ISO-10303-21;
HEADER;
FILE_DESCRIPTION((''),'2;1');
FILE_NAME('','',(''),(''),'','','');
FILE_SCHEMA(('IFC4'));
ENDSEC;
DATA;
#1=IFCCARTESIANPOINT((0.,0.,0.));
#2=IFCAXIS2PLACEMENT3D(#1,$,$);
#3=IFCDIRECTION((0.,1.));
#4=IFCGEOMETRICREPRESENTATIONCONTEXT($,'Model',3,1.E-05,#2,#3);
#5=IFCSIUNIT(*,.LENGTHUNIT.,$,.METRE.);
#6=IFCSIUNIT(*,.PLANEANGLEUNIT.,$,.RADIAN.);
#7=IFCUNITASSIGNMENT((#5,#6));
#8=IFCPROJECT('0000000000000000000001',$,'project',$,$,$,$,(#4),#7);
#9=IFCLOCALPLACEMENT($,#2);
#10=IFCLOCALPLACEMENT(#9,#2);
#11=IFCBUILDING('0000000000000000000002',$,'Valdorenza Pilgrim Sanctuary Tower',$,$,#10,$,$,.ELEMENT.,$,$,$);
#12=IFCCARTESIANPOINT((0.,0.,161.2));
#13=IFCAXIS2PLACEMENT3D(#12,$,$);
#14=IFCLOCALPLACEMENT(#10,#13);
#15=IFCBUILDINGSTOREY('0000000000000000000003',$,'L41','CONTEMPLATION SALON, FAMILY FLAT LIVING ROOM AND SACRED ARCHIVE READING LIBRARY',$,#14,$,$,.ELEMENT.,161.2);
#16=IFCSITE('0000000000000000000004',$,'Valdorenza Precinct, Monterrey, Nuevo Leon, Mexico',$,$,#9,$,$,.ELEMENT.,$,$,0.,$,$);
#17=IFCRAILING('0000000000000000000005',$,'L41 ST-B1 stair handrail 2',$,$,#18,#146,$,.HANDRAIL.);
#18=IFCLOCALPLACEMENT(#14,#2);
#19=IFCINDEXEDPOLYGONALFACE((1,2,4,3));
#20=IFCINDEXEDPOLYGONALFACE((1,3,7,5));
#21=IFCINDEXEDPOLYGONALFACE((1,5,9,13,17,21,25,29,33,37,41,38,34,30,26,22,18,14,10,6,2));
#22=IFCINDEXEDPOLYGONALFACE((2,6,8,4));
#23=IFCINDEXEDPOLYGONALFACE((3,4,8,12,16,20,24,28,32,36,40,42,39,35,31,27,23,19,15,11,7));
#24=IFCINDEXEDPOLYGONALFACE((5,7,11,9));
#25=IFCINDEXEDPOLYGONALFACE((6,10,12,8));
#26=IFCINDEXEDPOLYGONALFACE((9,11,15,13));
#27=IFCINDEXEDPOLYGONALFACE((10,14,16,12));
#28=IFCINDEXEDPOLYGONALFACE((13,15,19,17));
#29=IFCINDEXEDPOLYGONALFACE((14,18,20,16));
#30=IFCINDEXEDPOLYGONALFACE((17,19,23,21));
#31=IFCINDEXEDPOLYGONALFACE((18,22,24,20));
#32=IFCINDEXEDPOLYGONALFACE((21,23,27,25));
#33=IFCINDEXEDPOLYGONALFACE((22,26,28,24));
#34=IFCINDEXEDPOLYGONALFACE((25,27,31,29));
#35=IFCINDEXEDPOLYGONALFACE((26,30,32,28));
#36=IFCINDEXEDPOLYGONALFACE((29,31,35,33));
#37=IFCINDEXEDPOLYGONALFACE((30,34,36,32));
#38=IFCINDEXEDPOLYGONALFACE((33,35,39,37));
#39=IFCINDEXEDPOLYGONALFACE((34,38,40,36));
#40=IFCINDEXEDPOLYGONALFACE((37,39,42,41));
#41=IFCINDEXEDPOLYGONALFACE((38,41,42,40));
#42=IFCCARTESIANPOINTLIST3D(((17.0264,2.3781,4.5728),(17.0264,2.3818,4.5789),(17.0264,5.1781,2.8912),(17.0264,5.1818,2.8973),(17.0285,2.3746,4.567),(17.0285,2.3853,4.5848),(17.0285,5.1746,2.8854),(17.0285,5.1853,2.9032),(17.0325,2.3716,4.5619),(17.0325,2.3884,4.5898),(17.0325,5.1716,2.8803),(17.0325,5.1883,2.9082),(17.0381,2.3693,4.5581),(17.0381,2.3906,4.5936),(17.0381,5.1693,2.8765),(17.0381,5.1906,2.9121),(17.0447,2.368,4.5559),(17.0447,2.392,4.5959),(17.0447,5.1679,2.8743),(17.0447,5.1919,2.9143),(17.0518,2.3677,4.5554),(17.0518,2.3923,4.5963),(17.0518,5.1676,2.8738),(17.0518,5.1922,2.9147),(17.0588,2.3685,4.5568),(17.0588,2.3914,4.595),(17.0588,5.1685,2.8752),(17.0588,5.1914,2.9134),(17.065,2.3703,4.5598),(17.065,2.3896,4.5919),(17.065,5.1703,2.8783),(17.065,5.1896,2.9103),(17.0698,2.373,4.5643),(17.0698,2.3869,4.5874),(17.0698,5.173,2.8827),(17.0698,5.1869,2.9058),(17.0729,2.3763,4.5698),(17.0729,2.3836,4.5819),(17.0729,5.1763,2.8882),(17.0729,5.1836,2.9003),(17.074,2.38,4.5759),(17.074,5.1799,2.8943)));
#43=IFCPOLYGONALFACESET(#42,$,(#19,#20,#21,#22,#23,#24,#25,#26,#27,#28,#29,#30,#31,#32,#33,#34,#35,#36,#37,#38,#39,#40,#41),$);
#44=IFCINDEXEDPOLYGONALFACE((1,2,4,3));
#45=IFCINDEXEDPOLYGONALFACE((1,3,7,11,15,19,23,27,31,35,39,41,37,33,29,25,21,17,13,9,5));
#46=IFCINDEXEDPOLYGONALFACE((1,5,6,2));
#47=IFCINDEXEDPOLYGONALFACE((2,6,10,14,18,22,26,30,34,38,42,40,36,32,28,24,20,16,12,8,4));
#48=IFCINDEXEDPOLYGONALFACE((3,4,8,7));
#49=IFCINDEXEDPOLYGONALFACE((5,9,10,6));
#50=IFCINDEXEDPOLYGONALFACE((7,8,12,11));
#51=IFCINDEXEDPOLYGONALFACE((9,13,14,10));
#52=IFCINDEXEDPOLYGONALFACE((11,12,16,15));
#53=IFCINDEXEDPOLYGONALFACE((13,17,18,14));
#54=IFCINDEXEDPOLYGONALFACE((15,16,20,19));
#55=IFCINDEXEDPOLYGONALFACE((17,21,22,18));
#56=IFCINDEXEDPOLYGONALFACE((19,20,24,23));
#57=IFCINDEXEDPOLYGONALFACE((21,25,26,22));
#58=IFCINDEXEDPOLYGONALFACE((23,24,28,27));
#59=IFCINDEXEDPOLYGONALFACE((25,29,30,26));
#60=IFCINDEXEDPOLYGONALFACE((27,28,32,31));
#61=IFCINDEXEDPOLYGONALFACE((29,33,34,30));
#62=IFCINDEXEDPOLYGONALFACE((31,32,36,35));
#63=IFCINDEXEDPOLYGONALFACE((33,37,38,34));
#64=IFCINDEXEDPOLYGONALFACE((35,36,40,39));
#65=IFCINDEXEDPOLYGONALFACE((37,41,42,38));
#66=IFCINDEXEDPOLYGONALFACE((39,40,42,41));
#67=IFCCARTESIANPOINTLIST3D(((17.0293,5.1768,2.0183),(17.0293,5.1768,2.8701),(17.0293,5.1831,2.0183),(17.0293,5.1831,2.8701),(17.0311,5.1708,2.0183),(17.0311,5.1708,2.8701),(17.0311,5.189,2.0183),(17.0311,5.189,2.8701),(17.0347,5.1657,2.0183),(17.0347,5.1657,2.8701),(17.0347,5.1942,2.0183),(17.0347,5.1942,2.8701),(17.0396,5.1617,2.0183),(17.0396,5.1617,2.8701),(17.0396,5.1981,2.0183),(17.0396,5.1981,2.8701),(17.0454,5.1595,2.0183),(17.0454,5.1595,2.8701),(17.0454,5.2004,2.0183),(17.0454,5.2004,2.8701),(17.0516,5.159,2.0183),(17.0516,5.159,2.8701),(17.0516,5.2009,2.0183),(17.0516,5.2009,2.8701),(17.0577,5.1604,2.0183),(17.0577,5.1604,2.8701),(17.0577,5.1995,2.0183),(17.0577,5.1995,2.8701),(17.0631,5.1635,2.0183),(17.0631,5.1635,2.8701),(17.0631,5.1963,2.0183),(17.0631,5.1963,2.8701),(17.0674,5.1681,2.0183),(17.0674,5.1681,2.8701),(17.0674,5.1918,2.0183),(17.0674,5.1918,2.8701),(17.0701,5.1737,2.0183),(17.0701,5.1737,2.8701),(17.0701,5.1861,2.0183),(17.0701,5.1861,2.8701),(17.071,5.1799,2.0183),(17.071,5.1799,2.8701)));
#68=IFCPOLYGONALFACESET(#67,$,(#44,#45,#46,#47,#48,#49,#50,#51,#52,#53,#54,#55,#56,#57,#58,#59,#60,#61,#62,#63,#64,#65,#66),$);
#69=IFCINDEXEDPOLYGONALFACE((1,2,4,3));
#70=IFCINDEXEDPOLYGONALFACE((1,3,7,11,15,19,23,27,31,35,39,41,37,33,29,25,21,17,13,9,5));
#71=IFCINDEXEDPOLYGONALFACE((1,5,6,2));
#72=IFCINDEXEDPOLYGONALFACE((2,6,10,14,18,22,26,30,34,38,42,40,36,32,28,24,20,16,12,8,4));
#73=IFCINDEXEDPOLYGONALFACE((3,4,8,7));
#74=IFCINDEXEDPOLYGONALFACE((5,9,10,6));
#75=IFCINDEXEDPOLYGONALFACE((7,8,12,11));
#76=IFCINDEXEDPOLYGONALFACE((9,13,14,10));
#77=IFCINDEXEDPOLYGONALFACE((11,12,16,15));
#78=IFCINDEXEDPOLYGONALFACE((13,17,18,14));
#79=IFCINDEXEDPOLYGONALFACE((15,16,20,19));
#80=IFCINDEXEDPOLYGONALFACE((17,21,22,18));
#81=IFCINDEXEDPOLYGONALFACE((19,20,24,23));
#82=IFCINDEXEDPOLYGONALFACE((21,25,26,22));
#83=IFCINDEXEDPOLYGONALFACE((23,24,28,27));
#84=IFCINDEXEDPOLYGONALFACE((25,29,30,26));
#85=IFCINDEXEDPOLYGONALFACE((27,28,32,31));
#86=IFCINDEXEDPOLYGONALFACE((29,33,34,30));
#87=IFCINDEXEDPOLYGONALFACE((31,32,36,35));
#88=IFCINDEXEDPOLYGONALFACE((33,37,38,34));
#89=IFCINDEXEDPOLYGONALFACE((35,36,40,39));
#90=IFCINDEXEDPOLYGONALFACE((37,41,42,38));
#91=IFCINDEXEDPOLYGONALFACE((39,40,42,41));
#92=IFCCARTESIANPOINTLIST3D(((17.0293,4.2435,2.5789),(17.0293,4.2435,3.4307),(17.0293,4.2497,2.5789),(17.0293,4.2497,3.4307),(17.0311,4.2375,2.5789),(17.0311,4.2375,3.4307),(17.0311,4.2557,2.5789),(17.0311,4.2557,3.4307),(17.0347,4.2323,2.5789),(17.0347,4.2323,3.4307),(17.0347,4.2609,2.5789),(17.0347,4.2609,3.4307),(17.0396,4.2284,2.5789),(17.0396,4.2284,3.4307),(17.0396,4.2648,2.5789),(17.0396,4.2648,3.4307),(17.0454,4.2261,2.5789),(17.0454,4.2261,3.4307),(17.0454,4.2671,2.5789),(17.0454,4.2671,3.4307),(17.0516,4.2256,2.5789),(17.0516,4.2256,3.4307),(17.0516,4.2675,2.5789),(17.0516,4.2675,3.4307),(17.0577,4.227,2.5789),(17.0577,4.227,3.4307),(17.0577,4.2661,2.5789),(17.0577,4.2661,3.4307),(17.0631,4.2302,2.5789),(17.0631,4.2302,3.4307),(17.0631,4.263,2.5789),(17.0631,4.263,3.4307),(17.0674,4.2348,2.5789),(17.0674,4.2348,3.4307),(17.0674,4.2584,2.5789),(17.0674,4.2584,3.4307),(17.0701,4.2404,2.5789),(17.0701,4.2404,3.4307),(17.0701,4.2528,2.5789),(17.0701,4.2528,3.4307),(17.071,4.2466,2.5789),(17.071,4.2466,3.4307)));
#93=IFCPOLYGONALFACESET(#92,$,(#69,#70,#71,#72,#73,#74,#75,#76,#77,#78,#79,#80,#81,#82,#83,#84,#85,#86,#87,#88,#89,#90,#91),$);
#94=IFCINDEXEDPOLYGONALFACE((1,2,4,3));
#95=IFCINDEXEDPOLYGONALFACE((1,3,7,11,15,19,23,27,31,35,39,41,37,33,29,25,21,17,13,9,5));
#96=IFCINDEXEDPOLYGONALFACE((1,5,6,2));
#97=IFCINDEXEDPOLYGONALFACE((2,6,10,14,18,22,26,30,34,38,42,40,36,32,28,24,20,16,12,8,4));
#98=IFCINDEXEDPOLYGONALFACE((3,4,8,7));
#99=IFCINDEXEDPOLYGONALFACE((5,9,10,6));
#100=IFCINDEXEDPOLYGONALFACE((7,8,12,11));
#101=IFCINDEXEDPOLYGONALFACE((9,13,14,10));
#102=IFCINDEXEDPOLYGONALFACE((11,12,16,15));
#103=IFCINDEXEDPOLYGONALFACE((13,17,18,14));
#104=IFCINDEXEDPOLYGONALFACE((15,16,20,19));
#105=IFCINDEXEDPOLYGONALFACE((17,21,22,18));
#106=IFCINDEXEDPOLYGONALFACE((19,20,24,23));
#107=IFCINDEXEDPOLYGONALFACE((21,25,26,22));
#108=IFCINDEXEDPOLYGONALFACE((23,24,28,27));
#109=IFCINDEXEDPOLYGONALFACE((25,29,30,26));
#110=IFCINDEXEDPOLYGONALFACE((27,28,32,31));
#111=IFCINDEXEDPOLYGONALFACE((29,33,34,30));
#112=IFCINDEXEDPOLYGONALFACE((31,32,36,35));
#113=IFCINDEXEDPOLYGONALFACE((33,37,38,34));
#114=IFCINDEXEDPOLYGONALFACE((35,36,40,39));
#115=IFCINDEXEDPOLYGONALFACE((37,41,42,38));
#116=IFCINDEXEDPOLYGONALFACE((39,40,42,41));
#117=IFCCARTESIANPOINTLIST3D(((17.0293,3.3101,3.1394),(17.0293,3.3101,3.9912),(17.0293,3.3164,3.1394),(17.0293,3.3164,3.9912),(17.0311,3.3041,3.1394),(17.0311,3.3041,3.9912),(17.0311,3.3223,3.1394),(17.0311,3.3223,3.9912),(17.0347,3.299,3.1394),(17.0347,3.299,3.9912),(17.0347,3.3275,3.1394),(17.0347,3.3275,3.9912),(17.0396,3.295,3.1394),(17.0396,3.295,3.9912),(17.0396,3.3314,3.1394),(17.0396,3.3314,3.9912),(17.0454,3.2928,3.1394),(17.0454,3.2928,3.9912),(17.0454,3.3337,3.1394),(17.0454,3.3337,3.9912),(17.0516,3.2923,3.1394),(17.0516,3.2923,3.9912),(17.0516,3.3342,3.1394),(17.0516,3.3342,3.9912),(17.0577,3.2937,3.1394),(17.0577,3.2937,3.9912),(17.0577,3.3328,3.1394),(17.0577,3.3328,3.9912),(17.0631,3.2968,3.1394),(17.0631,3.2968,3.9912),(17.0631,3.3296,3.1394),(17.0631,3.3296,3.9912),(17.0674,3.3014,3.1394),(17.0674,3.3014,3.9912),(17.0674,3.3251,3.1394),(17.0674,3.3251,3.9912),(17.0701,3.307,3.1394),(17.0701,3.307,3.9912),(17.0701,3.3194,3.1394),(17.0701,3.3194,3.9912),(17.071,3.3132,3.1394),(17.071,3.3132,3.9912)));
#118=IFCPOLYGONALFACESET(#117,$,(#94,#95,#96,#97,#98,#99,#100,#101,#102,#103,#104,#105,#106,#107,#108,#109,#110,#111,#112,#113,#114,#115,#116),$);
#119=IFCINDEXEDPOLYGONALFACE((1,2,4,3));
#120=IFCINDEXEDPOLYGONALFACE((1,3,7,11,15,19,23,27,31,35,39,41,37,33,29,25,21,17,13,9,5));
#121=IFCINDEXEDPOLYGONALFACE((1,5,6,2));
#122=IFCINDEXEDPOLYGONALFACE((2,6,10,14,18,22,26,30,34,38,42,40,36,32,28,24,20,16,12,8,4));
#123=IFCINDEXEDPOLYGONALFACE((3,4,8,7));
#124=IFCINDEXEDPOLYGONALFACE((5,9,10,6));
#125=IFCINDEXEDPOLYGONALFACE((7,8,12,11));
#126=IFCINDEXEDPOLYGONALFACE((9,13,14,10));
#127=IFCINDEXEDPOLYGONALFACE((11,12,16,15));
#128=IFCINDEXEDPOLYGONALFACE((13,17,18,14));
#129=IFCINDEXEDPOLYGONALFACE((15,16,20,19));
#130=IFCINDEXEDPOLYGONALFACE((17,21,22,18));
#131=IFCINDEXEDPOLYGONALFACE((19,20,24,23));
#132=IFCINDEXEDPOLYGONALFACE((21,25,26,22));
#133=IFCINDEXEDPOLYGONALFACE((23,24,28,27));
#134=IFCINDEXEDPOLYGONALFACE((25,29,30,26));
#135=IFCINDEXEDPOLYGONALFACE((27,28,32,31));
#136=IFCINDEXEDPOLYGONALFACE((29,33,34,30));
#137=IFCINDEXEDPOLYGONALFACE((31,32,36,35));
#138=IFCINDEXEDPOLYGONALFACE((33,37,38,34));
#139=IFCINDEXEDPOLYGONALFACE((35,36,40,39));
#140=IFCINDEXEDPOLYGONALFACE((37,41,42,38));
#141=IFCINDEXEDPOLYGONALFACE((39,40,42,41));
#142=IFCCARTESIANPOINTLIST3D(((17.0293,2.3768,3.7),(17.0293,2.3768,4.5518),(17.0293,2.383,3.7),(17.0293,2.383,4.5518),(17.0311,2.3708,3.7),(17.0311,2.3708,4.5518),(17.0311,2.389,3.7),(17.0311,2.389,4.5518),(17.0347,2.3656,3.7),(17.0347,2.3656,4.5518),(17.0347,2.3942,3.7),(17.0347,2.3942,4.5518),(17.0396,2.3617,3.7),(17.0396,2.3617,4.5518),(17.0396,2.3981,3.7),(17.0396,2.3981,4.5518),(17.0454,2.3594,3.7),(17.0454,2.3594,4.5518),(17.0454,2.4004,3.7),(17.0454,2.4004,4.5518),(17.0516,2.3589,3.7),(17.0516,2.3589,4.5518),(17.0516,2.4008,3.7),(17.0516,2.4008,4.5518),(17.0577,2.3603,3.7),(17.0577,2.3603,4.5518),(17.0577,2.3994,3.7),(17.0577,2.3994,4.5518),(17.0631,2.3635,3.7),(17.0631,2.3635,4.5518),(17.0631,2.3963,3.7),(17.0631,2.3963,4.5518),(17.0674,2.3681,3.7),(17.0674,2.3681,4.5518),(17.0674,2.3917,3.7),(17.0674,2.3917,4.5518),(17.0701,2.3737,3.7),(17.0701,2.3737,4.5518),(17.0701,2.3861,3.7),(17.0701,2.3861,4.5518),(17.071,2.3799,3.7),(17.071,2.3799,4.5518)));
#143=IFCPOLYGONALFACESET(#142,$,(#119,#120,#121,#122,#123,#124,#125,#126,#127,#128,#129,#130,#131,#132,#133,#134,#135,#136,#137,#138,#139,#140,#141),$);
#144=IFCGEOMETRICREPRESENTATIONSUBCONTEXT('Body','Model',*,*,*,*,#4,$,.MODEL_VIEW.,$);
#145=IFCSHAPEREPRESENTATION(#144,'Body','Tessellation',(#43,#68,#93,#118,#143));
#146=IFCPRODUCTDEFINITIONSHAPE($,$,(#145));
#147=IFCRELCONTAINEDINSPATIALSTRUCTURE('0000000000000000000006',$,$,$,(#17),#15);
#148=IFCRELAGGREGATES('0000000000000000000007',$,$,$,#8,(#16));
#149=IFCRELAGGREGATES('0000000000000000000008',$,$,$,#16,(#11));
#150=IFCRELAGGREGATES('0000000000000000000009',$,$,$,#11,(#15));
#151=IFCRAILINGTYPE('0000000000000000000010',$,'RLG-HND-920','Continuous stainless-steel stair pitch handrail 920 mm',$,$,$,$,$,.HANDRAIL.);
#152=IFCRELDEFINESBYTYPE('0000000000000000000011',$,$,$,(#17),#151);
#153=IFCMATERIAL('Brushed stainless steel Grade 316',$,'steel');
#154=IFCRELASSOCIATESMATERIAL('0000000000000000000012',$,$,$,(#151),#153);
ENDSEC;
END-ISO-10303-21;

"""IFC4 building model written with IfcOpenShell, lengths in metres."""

from ifc_helpers import new_model, si_unit, direction, frame, origin, origin_2d, place, context, subcontext, project, spatial, circle, extrude, material, type_object, element, save


model = new_model("IFC4")

# Units and contexts
model_context = context("Model", 3, precision=1e-05, world=origin(), true_north=direction((0.0, 1.0)))
body_context = subcontext(model_context, "Body", "Model", "MODEL_VIEW")
ifc_project = project(units=[si_unit("LENGTHUNIT", "METRE"), si_unit("PLANEANGLEUNIT", "RADIAN")], contexts=[model_context])

# Site, building, storey
site_placement = place(None, origin())
site = spatial("IfcSite", under=ifc_project, at=site_placement, Name="Valdorenza Precinct, Monterrey, Nuevo Leon, Mexico", CompositionType="ELEMENT", RefElevation=0.0)
building_placement = place(site_placement, origin())
building = spatial("IfcBuilding", under=site, at=building_placement, Name="Valdorenza Pilgrim Sanctuary Tower", CompositionType="ELEMENT")
storey_placement = place(building_placement, frame((0.0, 0.0, 161.2)))
storey = spatial("IfcBuildingStorey", under=building, at=storey_placement, Name="L41", Description="CONTEMPLATION SALON, FAMILY FLAT LIVING ROOM AND SACRED ARCHIVE READING LIBRARY", CompositionType="ELEMENT", Elevation=161.2)

# Shared definitions
ifc_material_1 = material(Name="Brushed stainless steel Grade 316", Category="steel")

# Railing
railing_type_1 = type_object("IfcRailingType", Name="RLG-HND-920", Description="Continuous stainless-steel stair pitch handrail 920 mm", PredefinedType="HANDRAIL", material=ifc_material_1)
railing_1_placement = place(storey_placement, frame((17.05, 5.1799, 2.0183)))
element("IfcRailing", 1, at=railing_1_placement, inside=storey, type_object=railing_type_1, Name="L41 ST-B1 stair handrail 2", PredefinedType="HANDRAIL", context=body_context, shape_type="SweptSolid", body=[
    extrude(circle(Radius=0.0239, at=origin_2d()), frame((0.0, 0.0, 0.876), z_axis=(0.0, -0.857275, 0.514858), x_axis=(1.0, 0.0, 0.0)), (0.0, 0.0, 1.0), 3.2661),
    extrude(circle(Radius=0.021, at=origin_2d()), origin(), (0.0, 0.0, 1.0), 0.8518),
    extrude(circle(Radius=0.021, at=origin_2d()), frame((0.0, -0.9333, 0.5605)), (0.0, 0.0, 1.0), 0.8518),
    extrude(circle(Radius=0.021, at=origin_2d()), frame((0.0, -1.8667, 1.1211)), (0.0, 0.0, 1.0), 0.8518),
    extrude(circle(Radius=0.021, at=origin_2d()), frame((0.0, -2.8, 1.6816)), (0.0, 0.0, 1.0), 0.8518),
])

save(model, "model.ifc")
